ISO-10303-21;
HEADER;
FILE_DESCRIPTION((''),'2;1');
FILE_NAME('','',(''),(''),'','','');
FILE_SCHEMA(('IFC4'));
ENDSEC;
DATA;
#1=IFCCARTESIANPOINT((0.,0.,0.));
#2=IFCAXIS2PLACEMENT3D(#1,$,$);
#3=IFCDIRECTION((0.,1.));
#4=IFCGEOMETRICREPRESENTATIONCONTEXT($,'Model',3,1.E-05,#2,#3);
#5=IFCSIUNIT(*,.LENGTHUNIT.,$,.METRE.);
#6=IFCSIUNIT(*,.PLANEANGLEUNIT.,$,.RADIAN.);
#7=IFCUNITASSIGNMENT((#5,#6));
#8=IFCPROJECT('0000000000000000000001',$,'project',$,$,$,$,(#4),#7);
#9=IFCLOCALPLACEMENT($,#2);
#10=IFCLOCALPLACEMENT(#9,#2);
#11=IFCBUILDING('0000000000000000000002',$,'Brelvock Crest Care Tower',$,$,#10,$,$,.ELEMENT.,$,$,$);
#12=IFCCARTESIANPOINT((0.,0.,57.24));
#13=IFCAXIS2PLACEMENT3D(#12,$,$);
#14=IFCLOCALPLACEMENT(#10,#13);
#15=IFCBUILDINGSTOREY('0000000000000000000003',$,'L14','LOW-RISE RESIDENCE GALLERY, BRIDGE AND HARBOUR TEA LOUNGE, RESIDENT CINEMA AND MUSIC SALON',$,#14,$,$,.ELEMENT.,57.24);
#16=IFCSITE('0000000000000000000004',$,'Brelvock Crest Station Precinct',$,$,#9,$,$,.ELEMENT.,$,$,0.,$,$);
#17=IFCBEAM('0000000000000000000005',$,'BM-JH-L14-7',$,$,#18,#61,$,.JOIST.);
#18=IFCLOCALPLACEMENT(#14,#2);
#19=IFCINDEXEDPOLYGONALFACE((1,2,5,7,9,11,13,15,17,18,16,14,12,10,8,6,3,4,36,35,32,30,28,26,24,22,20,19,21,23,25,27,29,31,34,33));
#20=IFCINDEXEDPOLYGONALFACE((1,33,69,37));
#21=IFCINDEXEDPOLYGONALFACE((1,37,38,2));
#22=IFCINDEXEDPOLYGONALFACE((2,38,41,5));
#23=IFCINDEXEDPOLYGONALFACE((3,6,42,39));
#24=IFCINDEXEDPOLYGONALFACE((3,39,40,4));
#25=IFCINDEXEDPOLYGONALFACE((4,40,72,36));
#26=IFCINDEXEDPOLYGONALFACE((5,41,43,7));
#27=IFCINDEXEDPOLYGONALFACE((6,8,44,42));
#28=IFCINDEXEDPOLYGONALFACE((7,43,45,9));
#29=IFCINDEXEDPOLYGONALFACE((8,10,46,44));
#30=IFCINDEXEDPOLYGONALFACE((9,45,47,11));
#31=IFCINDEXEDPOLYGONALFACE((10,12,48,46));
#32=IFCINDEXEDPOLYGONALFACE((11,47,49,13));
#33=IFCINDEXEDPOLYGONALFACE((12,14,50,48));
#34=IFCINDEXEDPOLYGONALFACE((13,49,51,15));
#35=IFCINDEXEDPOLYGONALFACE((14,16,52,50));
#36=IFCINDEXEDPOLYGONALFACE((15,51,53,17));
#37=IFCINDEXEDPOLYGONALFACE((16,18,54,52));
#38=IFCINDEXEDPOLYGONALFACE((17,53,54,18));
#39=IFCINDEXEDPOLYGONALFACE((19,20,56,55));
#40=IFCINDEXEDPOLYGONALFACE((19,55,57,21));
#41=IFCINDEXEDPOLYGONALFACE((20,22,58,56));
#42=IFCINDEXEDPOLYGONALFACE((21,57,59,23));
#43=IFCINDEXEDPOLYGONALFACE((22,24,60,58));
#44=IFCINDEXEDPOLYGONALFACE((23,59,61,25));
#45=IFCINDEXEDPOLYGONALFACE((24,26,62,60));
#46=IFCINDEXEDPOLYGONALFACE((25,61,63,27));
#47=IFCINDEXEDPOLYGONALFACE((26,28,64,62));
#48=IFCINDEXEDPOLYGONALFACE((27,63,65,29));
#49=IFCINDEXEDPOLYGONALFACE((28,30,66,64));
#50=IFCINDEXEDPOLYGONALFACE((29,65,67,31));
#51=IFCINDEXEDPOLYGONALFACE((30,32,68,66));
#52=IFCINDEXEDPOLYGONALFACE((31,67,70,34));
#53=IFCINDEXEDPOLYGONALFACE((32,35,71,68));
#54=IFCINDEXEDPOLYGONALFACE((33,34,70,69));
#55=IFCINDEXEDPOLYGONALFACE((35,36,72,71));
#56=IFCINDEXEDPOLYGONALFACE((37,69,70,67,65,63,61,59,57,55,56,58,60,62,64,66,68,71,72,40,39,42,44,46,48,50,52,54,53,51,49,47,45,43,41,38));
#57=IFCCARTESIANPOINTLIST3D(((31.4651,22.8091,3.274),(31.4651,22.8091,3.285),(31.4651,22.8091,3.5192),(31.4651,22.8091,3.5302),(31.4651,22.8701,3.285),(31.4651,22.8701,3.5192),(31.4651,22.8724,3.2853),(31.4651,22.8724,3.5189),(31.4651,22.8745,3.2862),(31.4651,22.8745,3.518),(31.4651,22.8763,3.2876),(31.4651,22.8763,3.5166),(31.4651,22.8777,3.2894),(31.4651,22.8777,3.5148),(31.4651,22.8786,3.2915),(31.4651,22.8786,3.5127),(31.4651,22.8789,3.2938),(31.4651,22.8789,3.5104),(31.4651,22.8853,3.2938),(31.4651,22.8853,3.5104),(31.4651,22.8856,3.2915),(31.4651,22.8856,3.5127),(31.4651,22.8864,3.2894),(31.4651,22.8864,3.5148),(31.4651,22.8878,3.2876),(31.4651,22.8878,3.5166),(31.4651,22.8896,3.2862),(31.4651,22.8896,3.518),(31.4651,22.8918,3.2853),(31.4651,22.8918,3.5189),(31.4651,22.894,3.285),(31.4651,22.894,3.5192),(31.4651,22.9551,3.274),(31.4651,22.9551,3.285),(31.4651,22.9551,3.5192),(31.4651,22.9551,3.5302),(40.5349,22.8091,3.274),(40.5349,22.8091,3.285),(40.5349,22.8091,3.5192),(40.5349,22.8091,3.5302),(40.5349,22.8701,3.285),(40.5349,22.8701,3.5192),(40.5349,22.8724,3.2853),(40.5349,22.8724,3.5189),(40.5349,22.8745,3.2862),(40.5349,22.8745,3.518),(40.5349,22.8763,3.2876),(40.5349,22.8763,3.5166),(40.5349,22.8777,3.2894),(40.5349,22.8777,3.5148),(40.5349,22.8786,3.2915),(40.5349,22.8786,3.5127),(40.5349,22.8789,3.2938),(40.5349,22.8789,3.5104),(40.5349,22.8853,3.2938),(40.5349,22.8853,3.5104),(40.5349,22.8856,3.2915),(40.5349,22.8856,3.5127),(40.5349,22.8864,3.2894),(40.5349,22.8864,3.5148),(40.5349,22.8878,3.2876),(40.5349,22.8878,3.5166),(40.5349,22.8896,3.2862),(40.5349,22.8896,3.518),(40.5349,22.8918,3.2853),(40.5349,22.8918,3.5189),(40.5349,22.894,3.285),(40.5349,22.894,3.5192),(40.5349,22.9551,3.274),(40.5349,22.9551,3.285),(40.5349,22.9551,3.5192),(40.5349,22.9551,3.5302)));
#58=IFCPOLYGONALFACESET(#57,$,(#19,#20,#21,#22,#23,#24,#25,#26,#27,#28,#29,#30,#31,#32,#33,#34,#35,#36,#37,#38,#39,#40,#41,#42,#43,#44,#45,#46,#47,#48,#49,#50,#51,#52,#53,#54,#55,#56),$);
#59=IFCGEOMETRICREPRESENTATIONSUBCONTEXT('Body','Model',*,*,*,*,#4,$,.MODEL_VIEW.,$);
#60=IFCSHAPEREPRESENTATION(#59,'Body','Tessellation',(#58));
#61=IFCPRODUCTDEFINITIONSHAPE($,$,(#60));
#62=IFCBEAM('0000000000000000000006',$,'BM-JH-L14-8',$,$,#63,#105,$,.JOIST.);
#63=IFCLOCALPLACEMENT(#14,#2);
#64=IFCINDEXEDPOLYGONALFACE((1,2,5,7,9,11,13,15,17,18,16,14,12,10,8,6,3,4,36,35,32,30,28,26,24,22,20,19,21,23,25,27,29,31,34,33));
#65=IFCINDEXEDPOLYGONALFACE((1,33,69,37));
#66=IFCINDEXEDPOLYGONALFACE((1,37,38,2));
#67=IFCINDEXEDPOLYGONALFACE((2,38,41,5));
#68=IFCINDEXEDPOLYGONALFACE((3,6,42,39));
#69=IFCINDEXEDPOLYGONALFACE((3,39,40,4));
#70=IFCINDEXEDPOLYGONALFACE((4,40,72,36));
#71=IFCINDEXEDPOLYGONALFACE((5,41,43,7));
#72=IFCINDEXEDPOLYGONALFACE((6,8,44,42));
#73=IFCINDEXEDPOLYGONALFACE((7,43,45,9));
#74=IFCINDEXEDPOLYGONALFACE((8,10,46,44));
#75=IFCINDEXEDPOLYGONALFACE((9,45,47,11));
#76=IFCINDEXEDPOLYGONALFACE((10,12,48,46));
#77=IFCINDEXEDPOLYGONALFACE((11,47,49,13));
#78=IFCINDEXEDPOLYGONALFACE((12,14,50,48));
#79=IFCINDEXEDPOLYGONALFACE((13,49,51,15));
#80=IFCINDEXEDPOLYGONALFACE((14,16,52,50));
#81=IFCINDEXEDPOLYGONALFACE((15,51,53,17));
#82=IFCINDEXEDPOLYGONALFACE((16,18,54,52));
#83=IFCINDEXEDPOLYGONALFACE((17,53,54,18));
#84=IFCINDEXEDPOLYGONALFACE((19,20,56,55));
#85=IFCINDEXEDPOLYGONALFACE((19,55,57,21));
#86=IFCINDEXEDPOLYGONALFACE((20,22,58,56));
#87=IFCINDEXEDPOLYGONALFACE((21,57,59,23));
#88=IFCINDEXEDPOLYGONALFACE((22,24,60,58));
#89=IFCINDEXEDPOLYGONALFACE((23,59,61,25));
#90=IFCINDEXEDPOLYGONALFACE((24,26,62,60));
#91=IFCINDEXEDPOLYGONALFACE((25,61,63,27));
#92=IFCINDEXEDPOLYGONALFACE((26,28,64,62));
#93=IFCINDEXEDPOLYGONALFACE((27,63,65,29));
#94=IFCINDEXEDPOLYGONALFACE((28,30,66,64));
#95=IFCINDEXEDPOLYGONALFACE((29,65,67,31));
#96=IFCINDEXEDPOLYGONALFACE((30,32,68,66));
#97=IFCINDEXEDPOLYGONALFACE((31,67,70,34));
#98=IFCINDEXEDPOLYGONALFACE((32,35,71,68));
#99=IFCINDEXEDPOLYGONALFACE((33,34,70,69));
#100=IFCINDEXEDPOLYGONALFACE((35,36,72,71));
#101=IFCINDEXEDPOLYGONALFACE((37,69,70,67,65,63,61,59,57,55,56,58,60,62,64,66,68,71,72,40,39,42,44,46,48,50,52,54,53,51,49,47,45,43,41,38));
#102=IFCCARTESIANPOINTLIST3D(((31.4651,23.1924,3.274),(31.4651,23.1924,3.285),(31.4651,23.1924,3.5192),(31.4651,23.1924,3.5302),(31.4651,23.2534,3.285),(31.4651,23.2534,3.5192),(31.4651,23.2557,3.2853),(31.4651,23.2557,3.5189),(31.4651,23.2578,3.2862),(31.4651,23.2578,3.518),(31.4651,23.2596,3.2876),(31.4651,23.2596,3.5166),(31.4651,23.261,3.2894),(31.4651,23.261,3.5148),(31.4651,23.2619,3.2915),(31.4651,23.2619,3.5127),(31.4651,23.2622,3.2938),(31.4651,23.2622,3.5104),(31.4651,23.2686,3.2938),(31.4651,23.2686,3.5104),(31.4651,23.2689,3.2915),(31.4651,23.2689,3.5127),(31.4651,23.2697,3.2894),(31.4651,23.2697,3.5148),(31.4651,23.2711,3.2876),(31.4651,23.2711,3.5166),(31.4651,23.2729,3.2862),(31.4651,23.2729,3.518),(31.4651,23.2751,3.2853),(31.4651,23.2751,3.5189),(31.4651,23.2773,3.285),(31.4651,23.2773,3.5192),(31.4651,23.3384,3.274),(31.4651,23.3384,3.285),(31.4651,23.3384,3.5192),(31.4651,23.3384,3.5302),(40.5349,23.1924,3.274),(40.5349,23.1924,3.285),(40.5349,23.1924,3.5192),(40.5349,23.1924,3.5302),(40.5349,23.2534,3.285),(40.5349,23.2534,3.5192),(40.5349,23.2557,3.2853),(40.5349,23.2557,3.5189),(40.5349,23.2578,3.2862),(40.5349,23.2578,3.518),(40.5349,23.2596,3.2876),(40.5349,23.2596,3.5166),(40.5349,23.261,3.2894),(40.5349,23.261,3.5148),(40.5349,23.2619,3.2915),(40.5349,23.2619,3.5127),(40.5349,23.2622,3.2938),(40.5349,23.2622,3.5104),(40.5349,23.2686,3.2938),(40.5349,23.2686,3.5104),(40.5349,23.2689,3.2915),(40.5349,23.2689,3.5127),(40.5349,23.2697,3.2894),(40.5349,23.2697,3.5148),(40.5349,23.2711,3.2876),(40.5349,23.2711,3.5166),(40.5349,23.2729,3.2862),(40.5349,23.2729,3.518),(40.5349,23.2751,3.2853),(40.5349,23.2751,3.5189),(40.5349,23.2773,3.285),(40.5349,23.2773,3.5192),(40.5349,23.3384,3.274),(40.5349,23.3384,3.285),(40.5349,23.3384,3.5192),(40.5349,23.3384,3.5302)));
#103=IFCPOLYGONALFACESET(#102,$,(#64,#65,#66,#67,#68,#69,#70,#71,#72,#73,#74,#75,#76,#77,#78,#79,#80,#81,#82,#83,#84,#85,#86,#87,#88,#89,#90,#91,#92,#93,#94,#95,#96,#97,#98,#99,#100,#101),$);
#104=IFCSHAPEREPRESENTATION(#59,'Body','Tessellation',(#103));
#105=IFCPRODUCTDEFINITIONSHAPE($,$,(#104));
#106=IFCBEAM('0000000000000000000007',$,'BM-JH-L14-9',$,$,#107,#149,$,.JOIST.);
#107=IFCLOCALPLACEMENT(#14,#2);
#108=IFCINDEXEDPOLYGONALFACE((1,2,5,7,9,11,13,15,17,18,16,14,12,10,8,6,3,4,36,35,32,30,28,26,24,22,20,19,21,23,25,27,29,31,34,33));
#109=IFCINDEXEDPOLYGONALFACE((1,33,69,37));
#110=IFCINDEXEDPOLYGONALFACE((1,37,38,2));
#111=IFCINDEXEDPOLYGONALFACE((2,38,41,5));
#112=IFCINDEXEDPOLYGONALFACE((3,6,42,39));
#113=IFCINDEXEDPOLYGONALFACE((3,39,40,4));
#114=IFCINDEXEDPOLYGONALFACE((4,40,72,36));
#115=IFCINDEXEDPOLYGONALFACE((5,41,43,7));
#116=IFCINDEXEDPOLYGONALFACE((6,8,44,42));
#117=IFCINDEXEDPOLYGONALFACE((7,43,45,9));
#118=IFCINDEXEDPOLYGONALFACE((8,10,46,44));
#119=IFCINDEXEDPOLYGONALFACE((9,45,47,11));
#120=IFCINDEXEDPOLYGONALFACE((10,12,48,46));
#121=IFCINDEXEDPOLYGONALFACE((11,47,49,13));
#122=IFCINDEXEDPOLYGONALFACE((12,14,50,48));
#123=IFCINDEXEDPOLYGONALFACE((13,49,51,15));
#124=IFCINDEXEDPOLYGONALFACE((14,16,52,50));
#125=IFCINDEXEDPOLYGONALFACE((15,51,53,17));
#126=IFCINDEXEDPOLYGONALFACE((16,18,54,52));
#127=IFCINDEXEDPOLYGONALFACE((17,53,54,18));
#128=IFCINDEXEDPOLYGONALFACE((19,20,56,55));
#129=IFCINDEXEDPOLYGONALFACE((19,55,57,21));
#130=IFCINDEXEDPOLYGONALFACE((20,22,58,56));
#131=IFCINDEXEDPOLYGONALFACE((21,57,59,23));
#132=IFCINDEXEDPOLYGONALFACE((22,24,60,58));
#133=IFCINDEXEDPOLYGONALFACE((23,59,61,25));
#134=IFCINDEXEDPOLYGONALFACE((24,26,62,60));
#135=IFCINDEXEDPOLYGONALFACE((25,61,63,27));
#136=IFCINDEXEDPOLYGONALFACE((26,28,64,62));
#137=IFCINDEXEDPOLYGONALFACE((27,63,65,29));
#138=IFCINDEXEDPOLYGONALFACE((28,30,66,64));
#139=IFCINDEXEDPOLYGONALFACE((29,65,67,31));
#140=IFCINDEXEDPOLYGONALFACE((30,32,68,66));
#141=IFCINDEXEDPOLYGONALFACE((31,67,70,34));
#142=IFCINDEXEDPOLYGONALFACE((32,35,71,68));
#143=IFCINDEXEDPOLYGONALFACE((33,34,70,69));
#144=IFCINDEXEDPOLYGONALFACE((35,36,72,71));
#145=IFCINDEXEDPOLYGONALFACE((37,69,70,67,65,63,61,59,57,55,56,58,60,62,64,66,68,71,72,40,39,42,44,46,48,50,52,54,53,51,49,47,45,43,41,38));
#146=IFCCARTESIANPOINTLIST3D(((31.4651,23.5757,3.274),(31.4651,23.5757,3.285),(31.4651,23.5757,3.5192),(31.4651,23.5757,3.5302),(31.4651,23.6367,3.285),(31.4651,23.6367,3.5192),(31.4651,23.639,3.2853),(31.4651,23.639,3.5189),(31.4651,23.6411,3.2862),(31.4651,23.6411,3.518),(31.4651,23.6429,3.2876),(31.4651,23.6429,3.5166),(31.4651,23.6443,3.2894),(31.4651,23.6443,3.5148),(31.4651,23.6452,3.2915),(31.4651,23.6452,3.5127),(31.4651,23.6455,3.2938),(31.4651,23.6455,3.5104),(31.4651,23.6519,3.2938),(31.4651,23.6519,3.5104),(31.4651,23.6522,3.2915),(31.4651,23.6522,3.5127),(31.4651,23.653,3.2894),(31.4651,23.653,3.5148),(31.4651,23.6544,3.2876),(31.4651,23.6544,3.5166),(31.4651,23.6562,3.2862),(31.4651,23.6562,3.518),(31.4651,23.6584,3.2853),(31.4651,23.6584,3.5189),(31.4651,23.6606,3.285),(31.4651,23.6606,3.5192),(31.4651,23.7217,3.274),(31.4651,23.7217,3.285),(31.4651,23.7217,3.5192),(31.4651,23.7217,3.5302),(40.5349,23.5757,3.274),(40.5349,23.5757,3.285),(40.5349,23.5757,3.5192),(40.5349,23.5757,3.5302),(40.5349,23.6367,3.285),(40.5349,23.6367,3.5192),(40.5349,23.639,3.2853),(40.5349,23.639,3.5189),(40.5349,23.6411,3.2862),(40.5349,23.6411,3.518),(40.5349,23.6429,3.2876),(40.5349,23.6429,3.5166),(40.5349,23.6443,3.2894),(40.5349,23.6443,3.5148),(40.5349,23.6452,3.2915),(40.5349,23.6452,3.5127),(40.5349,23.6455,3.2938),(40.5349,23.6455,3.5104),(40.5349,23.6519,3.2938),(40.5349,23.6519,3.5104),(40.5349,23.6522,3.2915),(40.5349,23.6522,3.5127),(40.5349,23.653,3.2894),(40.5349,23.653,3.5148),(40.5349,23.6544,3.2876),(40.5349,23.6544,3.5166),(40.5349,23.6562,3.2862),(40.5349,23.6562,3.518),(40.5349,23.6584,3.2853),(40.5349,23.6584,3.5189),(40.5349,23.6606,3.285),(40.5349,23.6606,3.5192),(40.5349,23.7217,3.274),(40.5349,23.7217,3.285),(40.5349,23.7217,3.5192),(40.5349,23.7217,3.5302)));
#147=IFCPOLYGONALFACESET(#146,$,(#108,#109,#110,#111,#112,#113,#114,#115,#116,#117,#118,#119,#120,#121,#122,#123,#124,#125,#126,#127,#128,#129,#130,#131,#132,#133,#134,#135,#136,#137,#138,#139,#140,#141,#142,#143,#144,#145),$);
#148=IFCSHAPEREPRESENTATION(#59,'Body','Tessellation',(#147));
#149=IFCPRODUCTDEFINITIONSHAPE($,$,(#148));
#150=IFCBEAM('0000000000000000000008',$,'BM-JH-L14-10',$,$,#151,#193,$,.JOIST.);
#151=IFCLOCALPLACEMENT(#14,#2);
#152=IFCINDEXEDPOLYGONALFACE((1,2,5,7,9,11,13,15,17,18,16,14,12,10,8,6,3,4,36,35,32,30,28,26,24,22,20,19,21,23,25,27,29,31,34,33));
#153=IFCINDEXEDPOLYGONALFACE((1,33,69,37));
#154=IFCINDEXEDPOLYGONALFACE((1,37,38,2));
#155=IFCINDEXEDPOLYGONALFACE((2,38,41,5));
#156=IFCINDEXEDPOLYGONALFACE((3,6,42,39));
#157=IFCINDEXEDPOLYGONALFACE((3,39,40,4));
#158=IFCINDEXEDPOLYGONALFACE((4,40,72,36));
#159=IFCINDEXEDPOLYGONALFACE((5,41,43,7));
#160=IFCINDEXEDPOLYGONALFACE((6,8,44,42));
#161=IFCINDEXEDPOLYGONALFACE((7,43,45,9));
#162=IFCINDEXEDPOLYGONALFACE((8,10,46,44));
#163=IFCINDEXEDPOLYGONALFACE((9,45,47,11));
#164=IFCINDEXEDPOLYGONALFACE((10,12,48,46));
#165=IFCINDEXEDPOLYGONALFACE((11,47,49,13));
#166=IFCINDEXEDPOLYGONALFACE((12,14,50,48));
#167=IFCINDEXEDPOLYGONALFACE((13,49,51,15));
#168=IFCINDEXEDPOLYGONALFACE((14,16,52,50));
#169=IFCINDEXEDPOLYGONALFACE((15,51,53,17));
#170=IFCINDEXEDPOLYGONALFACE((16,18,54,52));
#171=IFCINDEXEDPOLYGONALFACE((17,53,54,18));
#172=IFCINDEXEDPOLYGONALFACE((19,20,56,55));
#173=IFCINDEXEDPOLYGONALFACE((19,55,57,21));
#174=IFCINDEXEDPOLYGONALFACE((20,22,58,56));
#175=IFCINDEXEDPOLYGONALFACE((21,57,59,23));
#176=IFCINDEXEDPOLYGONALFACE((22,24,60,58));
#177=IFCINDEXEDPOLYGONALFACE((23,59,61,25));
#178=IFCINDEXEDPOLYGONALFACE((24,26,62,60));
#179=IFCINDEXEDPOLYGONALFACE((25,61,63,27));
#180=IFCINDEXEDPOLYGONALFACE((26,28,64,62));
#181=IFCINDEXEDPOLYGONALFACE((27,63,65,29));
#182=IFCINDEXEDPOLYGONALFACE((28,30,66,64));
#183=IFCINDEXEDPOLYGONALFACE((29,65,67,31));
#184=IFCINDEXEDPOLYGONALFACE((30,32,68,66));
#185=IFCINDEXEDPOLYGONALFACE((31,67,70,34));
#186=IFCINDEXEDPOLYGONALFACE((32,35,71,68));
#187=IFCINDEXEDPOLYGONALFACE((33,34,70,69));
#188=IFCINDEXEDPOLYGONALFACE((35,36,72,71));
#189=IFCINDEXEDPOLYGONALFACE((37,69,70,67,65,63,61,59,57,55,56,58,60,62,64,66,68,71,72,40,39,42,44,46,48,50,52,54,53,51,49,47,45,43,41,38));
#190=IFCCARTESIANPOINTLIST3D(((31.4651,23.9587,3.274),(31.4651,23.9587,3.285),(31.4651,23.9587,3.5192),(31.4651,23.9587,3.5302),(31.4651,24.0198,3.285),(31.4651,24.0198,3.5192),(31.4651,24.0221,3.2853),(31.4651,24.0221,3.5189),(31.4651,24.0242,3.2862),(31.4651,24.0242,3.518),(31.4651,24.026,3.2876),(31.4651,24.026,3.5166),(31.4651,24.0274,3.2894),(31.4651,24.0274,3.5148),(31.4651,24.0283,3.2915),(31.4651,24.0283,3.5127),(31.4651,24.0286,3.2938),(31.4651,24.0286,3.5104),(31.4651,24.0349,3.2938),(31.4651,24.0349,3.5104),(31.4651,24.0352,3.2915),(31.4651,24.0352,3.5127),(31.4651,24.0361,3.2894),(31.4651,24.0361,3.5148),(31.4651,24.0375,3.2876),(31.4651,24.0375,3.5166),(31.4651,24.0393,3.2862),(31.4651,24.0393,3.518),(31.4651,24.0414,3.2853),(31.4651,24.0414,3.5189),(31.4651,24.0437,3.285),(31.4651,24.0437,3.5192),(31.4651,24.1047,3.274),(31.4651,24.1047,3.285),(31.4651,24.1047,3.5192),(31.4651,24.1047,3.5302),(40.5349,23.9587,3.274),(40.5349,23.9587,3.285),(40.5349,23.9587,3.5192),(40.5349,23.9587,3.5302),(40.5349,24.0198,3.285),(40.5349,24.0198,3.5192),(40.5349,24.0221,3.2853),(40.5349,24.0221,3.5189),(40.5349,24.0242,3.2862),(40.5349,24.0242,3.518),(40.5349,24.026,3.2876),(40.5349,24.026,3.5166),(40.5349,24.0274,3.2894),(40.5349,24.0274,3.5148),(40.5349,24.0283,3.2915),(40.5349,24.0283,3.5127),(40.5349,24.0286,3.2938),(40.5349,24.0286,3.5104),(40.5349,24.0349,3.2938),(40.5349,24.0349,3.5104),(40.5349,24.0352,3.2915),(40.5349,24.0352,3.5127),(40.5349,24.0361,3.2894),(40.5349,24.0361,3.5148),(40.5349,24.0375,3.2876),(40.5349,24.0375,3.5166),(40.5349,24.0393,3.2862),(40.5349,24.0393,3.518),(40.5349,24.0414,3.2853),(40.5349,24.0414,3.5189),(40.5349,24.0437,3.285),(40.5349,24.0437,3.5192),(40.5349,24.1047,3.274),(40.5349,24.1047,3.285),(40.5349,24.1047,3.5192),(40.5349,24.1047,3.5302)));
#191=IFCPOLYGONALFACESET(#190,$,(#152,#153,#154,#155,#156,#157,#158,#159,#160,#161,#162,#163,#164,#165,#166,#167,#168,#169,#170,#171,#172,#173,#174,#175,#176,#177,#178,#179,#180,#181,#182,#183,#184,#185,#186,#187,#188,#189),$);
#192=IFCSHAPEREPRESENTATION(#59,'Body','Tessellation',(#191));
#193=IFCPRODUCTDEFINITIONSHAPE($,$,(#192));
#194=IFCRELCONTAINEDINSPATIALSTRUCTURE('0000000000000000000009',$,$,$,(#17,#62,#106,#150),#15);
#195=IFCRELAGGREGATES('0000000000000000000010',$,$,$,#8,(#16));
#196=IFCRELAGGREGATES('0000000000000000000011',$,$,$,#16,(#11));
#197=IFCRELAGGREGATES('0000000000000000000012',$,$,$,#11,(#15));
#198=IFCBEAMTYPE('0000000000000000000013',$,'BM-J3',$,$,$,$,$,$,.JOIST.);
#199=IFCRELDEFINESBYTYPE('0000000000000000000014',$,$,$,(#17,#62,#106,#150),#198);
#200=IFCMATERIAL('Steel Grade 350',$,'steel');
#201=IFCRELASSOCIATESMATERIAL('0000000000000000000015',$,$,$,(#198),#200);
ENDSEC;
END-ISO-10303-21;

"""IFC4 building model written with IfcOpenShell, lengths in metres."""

from ifc_helpers import new_model, si_unit, direction, frame, origin, origin_2d, place, context, subcontext, project, spatial, i_section, extrude, source, transform, mapped, material, material_profile, profile_set, type_object, element, save


model = new_model("IFC4")

# Units and contexts
model_context = context("Model", 3, precision=1e-05, world=origin(), true_north=direction((0.0, 1.0)))
body_context = subcontext(model_context, "Body", "Model", "MODEL_VIEW")
ifc_project = project(units=[si_unit("LENGTHUNIT", "METRE"), si_unit("PLANEANGLEUNIT", "RADIAN")], contexts=[model_context])

# Site, building, storey
site_placement = place(None, origin())
site = spatial("IfcSite", under=ifc_project, at=site_placement, Name="Brelvock Crest Station Precinct", CompositionType="ELEMENT", RefElevation=0.0)
building_placement = place(site_placement, origin())
building = spatial("IfcBuilding", under=site, at=building_placement, Name="Brelvock Crest Care Tower", CompositionType="ELEMENT")
storey_placement = place(building_placement, frame((0.0, 0.0, 57.24)))
storey = spatial("IfcBuildingStorey", under=building, at=storey_placement, Name="L14", Description="LOW-RISE RESIDENCE GALLERY, BRIDGE AND HARBOUR TEA LOUNGE, RESIDENT CINEMA AND MUSIC SALON", CompositionType="ELEMENT", Elevation=57.24)

# Beams
ifc_material_1 = material(Name="Steel Grade 350", Category="steel")
ifc_material_profile = material_profile(ifc_material_1, i_section(OverallWidth=0.146, OverallDepth=0.2561, WebThickness=0.0063, FlangeThickness=0.011, FilletRadius=0.0088, at=origin_2d()), Name="250UB37.3")
ifc_profile_set = profile_set([ifc_material_profile], Name="Steel Grade 350")
beam_type = type_object("IfcBeamType", Name="BM-J3", PredefinedType="JOIST", material=ifc_profile_set)
shared_shape_1 = source(origin(), body_context, "Body", "SweptSolid", [
    extrude(i_section(OverallWidth=0.146, OverallDepth=0.2561, WebThickness=0.0063, FlangeThickness=0.011, FilletRadius=0.0088, at=origin_2d()), origin(), (0.0, 0.0, 1.0), 9.0698),
])
for number, where, z_axis, x_axis, name in (
    (1, (31.4651, 22.8821, 3.4021), (1.0, 0.0, 0.0), (0.0, 1.0, 0.0), "BM-JH-L14-7"),
    (2, (31.4651, 23.2654, 3.4021), (1.0, 0.0, 0.0), (0.0, 1.0, 0.0), "BM-JH-L14-8"),
    (3, (31.4651, 23.6487, 3.4021), (1.0, 0.0, 0.0), (0.0, 1.0, 0.0), "BM-JH-L14-9"),
    (4, (31.4651, 24.0317, 3.4021), (1.0, 0.0, 0.0), (0.0, 1.0, 0.0), "BM-JH-L14-10"),
):
    element("IfcBeam", number, at=place(storey_placement, frame(where, z_axis=z_axis, x_axis=x_axis)), inside=storey, type_object=beam_type, Name=name, PredefinedType="JOIST", context=body_context, shape_type="MappedRepresentation", body=[
        mapped(shared_shape_1, transform((0.0, 0.0, 0.0), x_axis=(1.0, 0.0, 0.0), y_axis=(0.0, 1.0, 0.0), z_axis=(0.0, 0.0, 1.0), scale=1.0)),
    ])

save(model, "model.ifc")
